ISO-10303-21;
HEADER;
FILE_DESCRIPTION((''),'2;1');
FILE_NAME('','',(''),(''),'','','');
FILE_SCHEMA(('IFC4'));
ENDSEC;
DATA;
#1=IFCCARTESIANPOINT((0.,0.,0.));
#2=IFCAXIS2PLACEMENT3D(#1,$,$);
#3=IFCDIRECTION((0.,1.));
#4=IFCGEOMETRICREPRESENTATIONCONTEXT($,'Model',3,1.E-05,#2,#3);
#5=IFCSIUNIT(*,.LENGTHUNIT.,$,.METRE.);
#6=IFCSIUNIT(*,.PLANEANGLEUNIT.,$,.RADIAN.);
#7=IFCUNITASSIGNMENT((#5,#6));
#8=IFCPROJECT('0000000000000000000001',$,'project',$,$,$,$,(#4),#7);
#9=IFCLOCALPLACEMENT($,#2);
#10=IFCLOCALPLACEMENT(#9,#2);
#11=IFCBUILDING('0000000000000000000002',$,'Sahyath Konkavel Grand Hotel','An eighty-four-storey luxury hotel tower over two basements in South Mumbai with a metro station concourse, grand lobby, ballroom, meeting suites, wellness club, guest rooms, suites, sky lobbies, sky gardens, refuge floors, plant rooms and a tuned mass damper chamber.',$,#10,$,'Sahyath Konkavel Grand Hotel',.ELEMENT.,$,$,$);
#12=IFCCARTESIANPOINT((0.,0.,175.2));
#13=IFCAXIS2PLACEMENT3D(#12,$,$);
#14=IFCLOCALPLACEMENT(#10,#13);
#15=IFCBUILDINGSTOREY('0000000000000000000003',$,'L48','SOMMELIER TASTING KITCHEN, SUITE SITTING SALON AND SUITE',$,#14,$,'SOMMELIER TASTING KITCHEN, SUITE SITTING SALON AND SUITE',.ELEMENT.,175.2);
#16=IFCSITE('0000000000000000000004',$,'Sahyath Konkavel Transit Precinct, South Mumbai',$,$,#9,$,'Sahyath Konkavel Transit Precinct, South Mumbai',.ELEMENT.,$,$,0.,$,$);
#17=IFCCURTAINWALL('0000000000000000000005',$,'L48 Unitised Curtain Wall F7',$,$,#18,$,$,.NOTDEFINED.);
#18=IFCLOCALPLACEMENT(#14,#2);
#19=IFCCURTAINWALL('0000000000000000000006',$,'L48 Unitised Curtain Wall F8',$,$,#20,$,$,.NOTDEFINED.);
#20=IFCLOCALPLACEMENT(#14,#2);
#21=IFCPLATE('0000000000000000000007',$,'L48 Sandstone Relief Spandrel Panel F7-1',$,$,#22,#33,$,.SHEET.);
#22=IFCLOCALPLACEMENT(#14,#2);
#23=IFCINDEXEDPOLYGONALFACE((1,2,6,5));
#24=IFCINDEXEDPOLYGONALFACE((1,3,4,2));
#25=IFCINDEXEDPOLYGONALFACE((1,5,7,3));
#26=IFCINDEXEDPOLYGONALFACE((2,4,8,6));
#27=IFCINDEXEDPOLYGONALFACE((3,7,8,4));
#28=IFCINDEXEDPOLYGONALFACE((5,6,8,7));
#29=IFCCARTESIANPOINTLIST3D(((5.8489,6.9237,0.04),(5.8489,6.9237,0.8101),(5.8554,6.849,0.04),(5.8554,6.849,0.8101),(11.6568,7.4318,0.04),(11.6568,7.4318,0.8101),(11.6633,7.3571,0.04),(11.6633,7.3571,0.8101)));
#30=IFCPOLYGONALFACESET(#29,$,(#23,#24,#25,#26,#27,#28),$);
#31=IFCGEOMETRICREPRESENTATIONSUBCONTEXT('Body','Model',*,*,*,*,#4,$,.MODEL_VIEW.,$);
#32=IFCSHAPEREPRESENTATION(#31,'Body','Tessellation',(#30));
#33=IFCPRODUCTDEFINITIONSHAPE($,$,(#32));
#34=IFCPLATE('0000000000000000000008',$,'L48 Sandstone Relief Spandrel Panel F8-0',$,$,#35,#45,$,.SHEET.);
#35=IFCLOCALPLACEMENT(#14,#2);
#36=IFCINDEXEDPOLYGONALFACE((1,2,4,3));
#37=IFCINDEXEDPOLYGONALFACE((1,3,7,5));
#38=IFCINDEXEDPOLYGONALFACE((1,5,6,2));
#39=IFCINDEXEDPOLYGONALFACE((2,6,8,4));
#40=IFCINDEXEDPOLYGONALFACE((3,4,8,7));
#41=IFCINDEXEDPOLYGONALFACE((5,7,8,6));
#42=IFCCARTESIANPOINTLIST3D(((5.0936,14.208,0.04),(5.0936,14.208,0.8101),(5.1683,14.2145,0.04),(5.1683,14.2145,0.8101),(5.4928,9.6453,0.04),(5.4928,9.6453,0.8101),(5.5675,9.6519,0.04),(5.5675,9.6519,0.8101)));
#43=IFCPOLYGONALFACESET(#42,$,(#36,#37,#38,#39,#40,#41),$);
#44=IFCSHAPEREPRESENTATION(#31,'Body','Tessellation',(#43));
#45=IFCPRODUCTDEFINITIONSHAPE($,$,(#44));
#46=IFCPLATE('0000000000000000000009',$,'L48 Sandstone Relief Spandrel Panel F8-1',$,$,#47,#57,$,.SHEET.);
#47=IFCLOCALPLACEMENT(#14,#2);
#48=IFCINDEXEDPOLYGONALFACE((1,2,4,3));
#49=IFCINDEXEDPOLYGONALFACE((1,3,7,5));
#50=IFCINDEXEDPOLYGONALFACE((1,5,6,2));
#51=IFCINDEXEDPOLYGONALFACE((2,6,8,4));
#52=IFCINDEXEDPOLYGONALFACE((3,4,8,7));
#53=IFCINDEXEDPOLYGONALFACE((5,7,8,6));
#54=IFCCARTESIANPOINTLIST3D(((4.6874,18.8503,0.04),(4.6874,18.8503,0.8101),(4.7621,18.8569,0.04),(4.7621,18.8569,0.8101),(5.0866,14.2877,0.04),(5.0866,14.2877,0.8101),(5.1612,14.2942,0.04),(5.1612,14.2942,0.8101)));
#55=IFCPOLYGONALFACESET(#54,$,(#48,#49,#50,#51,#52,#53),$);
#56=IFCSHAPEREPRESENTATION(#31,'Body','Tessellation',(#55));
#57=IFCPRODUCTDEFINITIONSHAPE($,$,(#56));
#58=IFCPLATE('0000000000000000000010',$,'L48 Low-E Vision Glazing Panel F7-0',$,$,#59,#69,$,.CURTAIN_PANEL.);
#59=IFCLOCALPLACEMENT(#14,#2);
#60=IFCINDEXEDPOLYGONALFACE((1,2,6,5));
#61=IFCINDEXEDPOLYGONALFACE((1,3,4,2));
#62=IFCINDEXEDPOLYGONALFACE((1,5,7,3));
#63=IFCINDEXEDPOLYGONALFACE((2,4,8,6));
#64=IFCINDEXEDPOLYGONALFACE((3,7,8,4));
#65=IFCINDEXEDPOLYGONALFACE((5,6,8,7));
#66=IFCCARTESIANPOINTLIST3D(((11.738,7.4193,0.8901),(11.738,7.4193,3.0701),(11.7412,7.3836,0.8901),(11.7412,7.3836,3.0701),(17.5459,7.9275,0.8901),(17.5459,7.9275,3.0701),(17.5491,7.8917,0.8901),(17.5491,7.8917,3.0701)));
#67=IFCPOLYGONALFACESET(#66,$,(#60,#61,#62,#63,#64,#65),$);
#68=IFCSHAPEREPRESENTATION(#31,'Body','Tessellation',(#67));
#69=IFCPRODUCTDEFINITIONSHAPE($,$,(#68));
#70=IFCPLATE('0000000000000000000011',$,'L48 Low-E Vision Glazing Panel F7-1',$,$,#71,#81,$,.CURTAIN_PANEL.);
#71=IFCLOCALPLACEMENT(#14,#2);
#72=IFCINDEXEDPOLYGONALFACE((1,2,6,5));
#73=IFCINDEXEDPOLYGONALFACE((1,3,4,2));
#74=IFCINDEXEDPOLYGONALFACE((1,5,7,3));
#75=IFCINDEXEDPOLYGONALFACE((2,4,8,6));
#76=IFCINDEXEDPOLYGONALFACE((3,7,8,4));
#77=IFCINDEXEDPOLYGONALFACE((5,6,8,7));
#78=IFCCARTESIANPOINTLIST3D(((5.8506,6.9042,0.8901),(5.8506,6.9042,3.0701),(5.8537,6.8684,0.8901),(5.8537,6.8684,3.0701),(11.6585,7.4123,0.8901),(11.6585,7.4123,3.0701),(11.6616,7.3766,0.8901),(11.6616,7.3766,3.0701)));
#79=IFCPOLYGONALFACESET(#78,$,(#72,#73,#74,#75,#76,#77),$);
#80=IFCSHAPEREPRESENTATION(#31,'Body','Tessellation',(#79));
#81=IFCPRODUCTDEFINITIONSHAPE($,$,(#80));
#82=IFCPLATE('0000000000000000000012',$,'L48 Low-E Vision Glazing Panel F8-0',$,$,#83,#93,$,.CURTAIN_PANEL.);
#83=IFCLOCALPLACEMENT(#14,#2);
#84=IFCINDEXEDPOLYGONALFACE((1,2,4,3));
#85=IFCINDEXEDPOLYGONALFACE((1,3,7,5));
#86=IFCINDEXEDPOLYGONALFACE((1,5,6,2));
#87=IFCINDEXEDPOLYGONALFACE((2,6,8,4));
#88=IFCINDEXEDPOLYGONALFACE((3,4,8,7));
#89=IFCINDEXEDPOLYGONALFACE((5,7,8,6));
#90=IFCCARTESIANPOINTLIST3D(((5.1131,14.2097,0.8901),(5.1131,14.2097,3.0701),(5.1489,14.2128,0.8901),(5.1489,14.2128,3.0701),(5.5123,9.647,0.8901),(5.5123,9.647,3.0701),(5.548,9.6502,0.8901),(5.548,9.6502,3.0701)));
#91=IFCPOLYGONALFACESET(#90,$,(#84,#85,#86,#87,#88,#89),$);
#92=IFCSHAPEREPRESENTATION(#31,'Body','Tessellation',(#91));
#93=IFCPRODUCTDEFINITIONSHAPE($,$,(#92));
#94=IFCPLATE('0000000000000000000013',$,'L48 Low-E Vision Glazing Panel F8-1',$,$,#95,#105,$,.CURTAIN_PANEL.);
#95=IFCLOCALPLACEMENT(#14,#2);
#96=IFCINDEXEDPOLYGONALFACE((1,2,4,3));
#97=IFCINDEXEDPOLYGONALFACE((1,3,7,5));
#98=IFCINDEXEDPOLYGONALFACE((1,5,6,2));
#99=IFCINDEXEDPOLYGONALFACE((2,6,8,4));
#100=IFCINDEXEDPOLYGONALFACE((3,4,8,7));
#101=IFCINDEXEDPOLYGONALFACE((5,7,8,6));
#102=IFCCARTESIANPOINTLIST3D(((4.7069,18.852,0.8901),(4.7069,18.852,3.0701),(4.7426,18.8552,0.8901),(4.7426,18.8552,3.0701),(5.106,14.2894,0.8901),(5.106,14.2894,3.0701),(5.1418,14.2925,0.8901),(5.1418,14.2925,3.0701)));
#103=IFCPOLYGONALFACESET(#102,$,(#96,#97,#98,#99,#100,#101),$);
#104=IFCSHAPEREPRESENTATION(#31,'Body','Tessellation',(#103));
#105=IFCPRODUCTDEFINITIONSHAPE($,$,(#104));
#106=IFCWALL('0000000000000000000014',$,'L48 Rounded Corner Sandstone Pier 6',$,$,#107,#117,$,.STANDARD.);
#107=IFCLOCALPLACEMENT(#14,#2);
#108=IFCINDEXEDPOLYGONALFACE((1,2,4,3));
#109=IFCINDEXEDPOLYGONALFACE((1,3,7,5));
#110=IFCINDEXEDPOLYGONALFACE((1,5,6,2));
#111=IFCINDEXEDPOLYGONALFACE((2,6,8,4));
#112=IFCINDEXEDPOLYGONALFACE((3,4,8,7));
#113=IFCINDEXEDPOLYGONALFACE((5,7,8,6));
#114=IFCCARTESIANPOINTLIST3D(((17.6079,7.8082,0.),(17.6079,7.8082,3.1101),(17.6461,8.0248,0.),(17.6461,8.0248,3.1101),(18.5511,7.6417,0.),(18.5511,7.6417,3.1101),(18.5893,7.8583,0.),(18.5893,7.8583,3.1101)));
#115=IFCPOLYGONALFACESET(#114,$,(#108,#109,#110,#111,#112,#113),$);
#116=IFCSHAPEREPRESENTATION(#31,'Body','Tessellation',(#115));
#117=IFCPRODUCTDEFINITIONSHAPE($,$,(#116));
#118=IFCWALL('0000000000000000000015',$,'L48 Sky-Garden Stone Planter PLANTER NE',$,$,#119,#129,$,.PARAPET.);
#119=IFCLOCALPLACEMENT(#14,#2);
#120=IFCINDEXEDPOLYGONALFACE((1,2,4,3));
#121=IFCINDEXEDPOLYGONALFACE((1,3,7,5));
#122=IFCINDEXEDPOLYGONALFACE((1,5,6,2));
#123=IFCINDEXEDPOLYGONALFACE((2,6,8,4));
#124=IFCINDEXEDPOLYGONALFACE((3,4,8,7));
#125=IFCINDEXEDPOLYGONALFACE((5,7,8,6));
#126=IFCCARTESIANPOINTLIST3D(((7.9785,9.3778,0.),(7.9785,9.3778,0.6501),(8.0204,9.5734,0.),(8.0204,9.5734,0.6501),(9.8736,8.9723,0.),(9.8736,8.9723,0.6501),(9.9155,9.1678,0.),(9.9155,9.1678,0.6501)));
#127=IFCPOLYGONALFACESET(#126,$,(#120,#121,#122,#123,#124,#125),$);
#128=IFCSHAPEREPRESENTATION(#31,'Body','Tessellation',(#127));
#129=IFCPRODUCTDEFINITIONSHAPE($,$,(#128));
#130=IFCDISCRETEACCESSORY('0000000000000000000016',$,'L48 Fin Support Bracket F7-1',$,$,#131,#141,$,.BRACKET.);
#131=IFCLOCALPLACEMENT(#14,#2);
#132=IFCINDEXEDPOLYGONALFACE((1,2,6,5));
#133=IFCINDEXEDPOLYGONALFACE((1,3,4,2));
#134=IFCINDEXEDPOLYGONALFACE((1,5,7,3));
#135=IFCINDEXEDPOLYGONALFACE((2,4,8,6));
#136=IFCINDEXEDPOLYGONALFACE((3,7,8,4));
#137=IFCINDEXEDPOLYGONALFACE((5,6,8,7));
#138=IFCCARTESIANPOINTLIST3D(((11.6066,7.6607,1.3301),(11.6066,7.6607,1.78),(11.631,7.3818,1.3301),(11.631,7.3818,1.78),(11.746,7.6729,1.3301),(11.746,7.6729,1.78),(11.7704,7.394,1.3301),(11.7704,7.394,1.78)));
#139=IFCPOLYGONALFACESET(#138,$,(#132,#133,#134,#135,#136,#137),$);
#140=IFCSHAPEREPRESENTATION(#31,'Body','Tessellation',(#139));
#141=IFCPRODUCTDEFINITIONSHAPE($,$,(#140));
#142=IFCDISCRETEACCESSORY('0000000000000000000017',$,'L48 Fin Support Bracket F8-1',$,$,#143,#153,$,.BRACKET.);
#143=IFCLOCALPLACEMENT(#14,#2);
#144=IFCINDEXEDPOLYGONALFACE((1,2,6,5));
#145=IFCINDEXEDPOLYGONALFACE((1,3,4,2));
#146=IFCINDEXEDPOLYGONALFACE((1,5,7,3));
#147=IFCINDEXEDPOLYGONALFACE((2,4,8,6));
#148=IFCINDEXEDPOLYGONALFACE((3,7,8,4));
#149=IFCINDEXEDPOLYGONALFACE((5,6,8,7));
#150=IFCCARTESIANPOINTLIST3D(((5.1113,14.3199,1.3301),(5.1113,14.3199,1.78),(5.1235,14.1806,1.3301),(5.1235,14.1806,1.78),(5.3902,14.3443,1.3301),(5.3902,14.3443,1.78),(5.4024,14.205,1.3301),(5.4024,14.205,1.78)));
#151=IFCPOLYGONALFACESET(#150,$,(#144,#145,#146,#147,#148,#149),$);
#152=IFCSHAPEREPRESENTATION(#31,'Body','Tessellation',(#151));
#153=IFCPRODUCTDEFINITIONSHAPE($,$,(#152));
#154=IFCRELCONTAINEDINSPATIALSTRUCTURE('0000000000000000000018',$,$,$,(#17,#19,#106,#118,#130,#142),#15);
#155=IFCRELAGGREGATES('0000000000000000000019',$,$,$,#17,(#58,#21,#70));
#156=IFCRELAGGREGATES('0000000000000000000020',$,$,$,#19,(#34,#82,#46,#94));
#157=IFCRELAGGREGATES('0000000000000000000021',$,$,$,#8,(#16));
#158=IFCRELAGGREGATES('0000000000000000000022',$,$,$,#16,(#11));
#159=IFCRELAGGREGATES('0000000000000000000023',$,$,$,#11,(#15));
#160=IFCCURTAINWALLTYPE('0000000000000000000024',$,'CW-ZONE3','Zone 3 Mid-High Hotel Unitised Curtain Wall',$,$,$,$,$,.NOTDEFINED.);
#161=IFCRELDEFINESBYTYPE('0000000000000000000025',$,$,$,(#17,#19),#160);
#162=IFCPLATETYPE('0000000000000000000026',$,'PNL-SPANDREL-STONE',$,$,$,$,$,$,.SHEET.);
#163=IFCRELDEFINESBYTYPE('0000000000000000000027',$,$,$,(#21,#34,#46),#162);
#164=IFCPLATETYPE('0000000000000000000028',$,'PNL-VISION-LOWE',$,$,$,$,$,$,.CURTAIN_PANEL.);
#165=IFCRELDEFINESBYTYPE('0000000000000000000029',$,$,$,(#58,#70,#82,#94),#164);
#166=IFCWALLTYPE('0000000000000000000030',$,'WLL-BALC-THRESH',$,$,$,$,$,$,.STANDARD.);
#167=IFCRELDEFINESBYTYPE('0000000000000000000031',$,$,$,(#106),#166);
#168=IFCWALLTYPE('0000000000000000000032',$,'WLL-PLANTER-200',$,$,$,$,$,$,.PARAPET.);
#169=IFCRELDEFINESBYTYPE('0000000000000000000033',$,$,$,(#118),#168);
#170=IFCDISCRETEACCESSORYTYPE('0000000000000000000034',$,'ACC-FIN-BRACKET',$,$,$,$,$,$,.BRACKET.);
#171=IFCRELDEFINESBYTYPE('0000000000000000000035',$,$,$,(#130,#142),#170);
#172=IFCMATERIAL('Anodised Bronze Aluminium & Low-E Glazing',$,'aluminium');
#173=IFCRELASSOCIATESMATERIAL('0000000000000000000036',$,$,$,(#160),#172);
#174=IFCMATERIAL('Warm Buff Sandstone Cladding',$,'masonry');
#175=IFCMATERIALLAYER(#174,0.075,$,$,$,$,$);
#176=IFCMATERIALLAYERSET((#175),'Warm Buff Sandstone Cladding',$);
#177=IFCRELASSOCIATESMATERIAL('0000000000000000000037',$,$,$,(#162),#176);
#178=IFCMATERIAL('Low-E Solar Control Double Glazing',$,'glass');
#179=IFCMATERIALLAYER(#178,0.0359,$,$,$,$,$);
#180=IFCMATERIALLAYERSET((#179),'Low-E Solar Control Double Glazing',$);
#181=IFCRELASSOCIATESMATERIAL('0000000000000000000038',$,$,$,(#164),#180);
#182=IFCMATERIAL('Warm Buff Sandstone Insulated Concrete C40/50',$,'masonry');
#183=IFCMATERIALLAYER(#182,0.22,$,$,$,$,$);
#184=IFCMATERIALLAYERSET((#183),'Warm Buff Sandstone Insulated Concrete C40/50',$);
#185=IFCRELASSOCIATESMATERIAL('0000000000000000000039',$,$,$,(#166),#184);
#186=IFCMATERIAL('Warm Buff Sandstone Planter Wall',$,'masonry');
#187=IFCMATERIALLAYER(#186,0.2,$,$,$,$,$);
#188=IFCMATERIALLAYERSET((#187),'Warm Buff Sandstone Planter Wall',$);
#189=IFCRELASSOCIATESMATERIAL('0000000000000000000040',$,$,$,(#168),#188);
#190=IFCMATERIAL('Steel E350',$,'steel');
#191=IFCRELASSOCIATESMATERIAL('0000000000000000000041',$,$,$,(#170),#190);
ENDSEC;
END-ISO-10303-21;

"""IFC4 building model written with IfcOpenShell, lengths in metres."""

from ifc_helpers import new_model, si_unit, direction, frame, frame_2d, origin, origin_2d, place, context, subcontext, project, spatial, rectangle, extrude, source, transform, mapped, material, layer, layer_set, type_object, element, aggregate, save


model = new_model("IFC4")

# Units and contexts
model_context = context("Model", 3, precision=1e-05, world=origin(), true_north=direction((0.0, 1.0)))
body_context = subcontext(model_context, "Body", "Model", "MODEL_VIEW")
ifc_project = project(units=[si_unit("LENGTHUNIT", "METRE"), si_unit("PLANEANGLEUNIT", "RADIAN")], contexts=[model_context])

# Site, building, storey
site_placement = place(None, origin())
site = spatial("IfcSite", under=ifc_project, at=site_placement, Name="Sahyath Konkavel Transit Precinct, South Mumbai", LongName="Sahyath Konkavel Transit Precinct, South Mumbai", CompositionType="ELEMENT", RefElevation=0.0)
building_placement = place(site_placement, origin())
building = spatial("IfcBuilding", under=site, at=building_placement, Name="Sahyath Konkavel Grand Hotel", Description="An eighty-four-storey luxury hotel tower over two basements in South Mumbai with a metro station concourse, grand lobby, ballroom, meeting suites, wellness club, guest rooms, suites, sky lobbies, sky gardens, refuge floors, plant rooms and a tuned mass damper chamber.", LongName="Sahyath Konkavel Grand Hotel", CompositionType="ELEMENT")
storey_placement = place(building_placement, frame((0.0, 0.0, 175.2)))
storey = spatial("IfcBuildingStorey", under=building, at=storey_placement, Name="L48", Description="SOMMELIER TASTING KITCHEN, SUITE SITTING SALON AND SUITE", LongName="SOMMELIER TASTING KITCHEN, SUITE SITTING SALON AND SUITE", CompositionType="ELEMENT", Elevation=175.2)

# Curtain walls
ifc_material_1 = material(Name="Anodised Bronze Aluminium & Low-E Glazing", Category="aluminium")
curtain_wall_type = type_object("IfcCurtainWallType", Name="CW-ZONE3", Description="Zone 3 Mid-High Hotel Unitised Curtain Wall", PredefinedType="NOTDEFINED", material=ifc_material_1)
curtain_wall_1_placement = place(storey_placement, origin())
curtain_wall_1 = element("IfcCurtainWall", 1, at=curtain_wall_1_placement, inside=storey, type_object=curtain_wall_type, Name="L48 Unitised Curtain Wall F7", PredefinedType="NOTDEFINED")
curtain_wall_2_placement = place(storey_placement, origin())
curtain_wall_2 = element("IfcCurtainWall", 2, at=curtain_wall_2_placement, inside=storey, type_object=curtain_wall_type, Name="L48 Unitised Curtain Wall F8", PredefinedType="NOTDEFINED")

# Plates
ifc_material_2 = material(Name="Warm Buff Sandstone Cladding", Category="masonry")
ifc_layer_1 = layer(ifc_material_2, 0.075)
ifc_layer_set_1 = layer_set([ifc_layer_1], Name="Warm Buff Sandstone Cladding")
plate_type_1 = type_object("IfcPlateType", Name="PNL-SPANDREL-STONE", PredefinedType="SHEET", material=ifc_layer_set_1)
shared_shape_1 = source(origin(), body_context, "Body", "SweptSolid", [
    extrude(rectangle(XDim=5.8301, YDim=0.075, at=origin_2d()), origin(), (0.0, 0.0, 1.0), 0.77),
])
plate_1_placement = place(storey_placement, frame((8.7561, 7.1404, 0.04), z_axis=(0.0, 0.0, 1.0), x_axis=(-0.996195, -0.087156, 0.0)))
plate_1 = element("IfcPlate", 3, at=plate_1_placement, type_object=plate_type_1, Name="L48 Sandstone Relief Spandrel Panel F7-1", PredefinedType="SHEET", context=body_context, shape_type="MappedRepresentation", body=[
    mapped(shared_shape_1, transform((0.0, 0.0, 0.0), scale=1.0)),
])
shared_shape_2 = source(origin(), body_context, "Body", "SweptSolid", [
    extrude(rectangle(XDim=4.5801, YDim=0.075, at=origin_2d()), origin(), (0.0, 0.0, 1.0), 0.77),
])
plate_2_placement = place(storey_placement, frame((5.3306, 11.9299, 0.04), z_axis=(0.0, 0.0, 1.0), x_axis=(-0.087156, 0.996195, 0.0)))
plate_2 = element("IfcPlate", 4, at=plate_2_placement, type_object=plate_type_1, Name="L48 Sandstone Relief Spandrel Panel F8-0", PredefinedType="SHEET", context=body_context, shape_type="MappedRepresentation", body=[
    mapped(shared_shape_2, transform((0.0, 0.0, 0.0), scale=1.0)),
])
plate_3_placement = place(storey_placement, frame((4.9243, 16.5723, 0.04), z_axis=(0.0, 0.0, 1.0), x_axis=(-0.087156, 0.996195, 0.0)))
plate_3 = element("IfcPlate", 5, at=plate_3_placement, type_object=plate_type_1, Name="L48 Sandstone Relief Spandrel Panel F8-1", PredefinedType="SHEET", context=body_context, shape_type="MappedRepresentation", body=[
    mapped(shared_shape_2, transform((0.0, 0.0, 0.0), scale=1.0)),
])
ifc_material_3 = material(Name="Low-E Solar Control Double Glazing", Category="glass")
ifc_layer_2 = layer(ifc_material_3, 0.0359)
ifc_layer_set_2 = layer_set([ifc_layer_2], Name="Low-E Solar Control Double Glazing")
plate_type_2 = type_object("IfcPlateType", Name="PNL-VISION-LOWE", PredefinedType="CURTAIN_PANEL", material=ifc_layer_set_2)
shared_shape_3 = source(origin(), body_context, "Body", "SweptSolid", [
    extrude(rectangle(XDim=5.8301, YDim=0.0359, at=origin_2d()), origin(), (0.0, 0.0, 1.0), 2.1799),
])
plate_4_placement = place(storey_placement, frame((14.6436, 7.6555, 0.8901), z_axis=(0.0, 0.0, 1.0), x_axis=(-0.996195, -0.087156, 0.0)))
plate_4 = element("IfcPlate", 6, at=plate_4_placement, type_object=plate_type_2, Name="L48 Low-E Vision Glazing Panel F7-0", PredefinedType="CURTAIN_PANEL", context=body_context, shape_type="MappedRepresentation", body=[
    mapped(shared_shape_3, transform((0.0, 0.0, 0.0), scale=1.0)),
])
plate_5_placement = place(storey_placement, frame((8.7561, 7.1404, 0.8901), z_axis=(0.0, 0.0, 1.0), x_axis=(-0.996195, -0.087156, 0.0)))
plate_5 = element("IfcPlate", 7, at=plate_5_placement, type_object=plate_type_2, Name="L48 Low-E Vision Glazing Panel F7-1", PredefinedType="CURTAIN_PANEL", context=body_context, shape_type="MappedRepresentation", body=[
    mapped(shared_shape_3, transform((0.0, 0.0, 0.0), scale=1.0)),
])
aggregate(curtain_wall_1, [plate_4, plate_1, plate_5])
shared_shape_4 = source(origin(), body_context, "Body", "SweptSolid", [
    extrude(rectangle(XDim=4.5801, YDim=0.0359, at=origin_2d()), origin(), (0.0, 0.0, 1.0), 2.1799),
])
plate_6_placement = place(storey_placement, frame((5.3306, 11.9299, 0.8901), z_axis=(0.0, 0.0, 1.0), x_axis=(-0.087156, 0.996195, 0.0)))
plate_6 = element("IfcPlate", 8, at=plate_6_placement, type_object=plate_type_2, Name="L48 Low-E Vision Glazing Panel F8-0", PredefinedType="CURTAIN_PANEL", context=body_context, shape_type="MappedRepresentation", body=[
    mapped(shared_shape_4, transform((0.0, 0.0, 0.0), scale=1.0)),
])
plate_7_placement = place(storey_placement, frame((4.9243, 16.5723, 0.8901), z_axis=(0.0, 0.0, 1.0), x_axis=(-0.087156, 0.996195, 0.0)))
plate_7 = element("IfcPlate", 9, at=plate_7_placement, type_object=plate_type_2, Name="L48 Low-E Vision Glazing Panel F8-1", PredefinedType="CURTAIN_PANEL", context=body_context, shape_type="MappedRepresentation", body=[
    mapped(shared_shape_4, transform((0.0, 0.0, 0.0), scale=1.0)),
])
aggregate(curtain_wall_2, [plate_2, plate_6, plate_3, plate_7])

# Walls
ifc_material_4 = material(Name="Warm Buff Sandstone Insulated Concrete C40/50", Category="masonry")
ifc_layer_3 = layer(ifc_material_4, 0.22)
ifc_layer_set_3 = layer_set([ifc_layer_3], Name="Warm Buff Sandstone Insulated Concrete C40/50")
wall_type_1 = type_object("IfcWallType", Name="WLL-BALC-THRESH", PredefinedType="STANDARD", material=ifc_layer_set_3)
wall_1_placement = place(storey_placement, frame((18.5703, 7.75, 0.0), z_axis=(0.0, 0.0, 1.0), x_axis=(-0.984771, 0.173858, 0.0)))
element("IfcWall", 10, at=wall_1_placement, inside=storey, type_object=wall_type_1, Name="L48 Rounded Corner Sandstone Pier 6", PredefinedType="STANDARD", context=body_context, shape_type="SweptSolid", body=[
    extrude(rectangle(XDim=0.9578, YDim=0.22, at=frame_2d((0.479, 0.0))), origin(), (0.0, 0.0, 1.0), 3.1101),
])
ifc_material_5 = material(Name="Warm Buff Sandstone Planter Wall", Category="masonry")
ifc_layer_4 = layer(ifc_material_5, 0.2)
ifc_layer_set_4 = layer_set([ifc_layer_4], Name="Warm Buff Sandstone Planter Wall")
wall_type_2 = type_object("IfcWallType", Name="WLL-PLANTER-200", PredefinedType="PARAPET", material=ifc_layer_set_4)
wall_2_placement = place(storey_placement, frame((9.8945, 9.0701, 0.0), z_axis=(0.0, 0.0, 1.0), x_axis=(-0.977861, 0.209254, 0.0)))
element("IfcWall", 11, at=wall_2_placement, inside=storey, type_object=wall_type_2, Name="L48 Sky-Garden Stone Planter PLANTER NE", PredefinedType="PARAPET", context=body_context, shape_type="SweptSolid", body=[
    extrude(rectangle(XDim=1.938, YDim=0.2, at=frame_2d((0.969, 0.0))), origin(), (0.0, 0.0, 1.0), 0.6501),
])

# Discrete accessories
ifc_material_6 = material(Name="Steel E350", Category="steel")
discrete_accessory_type = type_object("IfcDiscreteAccessoryType", Name="ACC-FIN-BRACKET", PredefinedType="BRACKET", material=ifc_material_6)
shared_shape_5 = source(origin(), body_context, "Body", "SweptSolid", [
    extrude(rectangle(XDim=0.28, YDim=0.1399, at=origin_2d()), origin(), (0.0, 0.0, 1.0), 0.45),
])
for number, where, z_axis, x_axis, name in (
    (12, (11.6885, 7.5273, 1.3301), (0.0, 0.0, 1.0), (-0.087156, 0.996195, 0.0), "L48 Fin Support Bracket F7-1"),
    (13, (5.2568, 14.2625, 1.3301), (0.0, 0.0, 1.0), (0.996195, 0.087156, 0.0), "L48 Fin Support Bracket F8-1"),
):
    element("IfcDiscreteAccessory", number, at=place(storey_placement, frame(where, z_axis=z_axis, x_axis=x_axis)), inside=storey, type_object=discrete_accessory_type, Name=name, PredefinedType="BRACKET", context=body_context, shape_type="MappedRepresentation", body=[
        mapped(shared_shape_5, transform((0.0, 0.0, 0.0), scale=1.0)),
    ])

save(model, "model.ifc")
